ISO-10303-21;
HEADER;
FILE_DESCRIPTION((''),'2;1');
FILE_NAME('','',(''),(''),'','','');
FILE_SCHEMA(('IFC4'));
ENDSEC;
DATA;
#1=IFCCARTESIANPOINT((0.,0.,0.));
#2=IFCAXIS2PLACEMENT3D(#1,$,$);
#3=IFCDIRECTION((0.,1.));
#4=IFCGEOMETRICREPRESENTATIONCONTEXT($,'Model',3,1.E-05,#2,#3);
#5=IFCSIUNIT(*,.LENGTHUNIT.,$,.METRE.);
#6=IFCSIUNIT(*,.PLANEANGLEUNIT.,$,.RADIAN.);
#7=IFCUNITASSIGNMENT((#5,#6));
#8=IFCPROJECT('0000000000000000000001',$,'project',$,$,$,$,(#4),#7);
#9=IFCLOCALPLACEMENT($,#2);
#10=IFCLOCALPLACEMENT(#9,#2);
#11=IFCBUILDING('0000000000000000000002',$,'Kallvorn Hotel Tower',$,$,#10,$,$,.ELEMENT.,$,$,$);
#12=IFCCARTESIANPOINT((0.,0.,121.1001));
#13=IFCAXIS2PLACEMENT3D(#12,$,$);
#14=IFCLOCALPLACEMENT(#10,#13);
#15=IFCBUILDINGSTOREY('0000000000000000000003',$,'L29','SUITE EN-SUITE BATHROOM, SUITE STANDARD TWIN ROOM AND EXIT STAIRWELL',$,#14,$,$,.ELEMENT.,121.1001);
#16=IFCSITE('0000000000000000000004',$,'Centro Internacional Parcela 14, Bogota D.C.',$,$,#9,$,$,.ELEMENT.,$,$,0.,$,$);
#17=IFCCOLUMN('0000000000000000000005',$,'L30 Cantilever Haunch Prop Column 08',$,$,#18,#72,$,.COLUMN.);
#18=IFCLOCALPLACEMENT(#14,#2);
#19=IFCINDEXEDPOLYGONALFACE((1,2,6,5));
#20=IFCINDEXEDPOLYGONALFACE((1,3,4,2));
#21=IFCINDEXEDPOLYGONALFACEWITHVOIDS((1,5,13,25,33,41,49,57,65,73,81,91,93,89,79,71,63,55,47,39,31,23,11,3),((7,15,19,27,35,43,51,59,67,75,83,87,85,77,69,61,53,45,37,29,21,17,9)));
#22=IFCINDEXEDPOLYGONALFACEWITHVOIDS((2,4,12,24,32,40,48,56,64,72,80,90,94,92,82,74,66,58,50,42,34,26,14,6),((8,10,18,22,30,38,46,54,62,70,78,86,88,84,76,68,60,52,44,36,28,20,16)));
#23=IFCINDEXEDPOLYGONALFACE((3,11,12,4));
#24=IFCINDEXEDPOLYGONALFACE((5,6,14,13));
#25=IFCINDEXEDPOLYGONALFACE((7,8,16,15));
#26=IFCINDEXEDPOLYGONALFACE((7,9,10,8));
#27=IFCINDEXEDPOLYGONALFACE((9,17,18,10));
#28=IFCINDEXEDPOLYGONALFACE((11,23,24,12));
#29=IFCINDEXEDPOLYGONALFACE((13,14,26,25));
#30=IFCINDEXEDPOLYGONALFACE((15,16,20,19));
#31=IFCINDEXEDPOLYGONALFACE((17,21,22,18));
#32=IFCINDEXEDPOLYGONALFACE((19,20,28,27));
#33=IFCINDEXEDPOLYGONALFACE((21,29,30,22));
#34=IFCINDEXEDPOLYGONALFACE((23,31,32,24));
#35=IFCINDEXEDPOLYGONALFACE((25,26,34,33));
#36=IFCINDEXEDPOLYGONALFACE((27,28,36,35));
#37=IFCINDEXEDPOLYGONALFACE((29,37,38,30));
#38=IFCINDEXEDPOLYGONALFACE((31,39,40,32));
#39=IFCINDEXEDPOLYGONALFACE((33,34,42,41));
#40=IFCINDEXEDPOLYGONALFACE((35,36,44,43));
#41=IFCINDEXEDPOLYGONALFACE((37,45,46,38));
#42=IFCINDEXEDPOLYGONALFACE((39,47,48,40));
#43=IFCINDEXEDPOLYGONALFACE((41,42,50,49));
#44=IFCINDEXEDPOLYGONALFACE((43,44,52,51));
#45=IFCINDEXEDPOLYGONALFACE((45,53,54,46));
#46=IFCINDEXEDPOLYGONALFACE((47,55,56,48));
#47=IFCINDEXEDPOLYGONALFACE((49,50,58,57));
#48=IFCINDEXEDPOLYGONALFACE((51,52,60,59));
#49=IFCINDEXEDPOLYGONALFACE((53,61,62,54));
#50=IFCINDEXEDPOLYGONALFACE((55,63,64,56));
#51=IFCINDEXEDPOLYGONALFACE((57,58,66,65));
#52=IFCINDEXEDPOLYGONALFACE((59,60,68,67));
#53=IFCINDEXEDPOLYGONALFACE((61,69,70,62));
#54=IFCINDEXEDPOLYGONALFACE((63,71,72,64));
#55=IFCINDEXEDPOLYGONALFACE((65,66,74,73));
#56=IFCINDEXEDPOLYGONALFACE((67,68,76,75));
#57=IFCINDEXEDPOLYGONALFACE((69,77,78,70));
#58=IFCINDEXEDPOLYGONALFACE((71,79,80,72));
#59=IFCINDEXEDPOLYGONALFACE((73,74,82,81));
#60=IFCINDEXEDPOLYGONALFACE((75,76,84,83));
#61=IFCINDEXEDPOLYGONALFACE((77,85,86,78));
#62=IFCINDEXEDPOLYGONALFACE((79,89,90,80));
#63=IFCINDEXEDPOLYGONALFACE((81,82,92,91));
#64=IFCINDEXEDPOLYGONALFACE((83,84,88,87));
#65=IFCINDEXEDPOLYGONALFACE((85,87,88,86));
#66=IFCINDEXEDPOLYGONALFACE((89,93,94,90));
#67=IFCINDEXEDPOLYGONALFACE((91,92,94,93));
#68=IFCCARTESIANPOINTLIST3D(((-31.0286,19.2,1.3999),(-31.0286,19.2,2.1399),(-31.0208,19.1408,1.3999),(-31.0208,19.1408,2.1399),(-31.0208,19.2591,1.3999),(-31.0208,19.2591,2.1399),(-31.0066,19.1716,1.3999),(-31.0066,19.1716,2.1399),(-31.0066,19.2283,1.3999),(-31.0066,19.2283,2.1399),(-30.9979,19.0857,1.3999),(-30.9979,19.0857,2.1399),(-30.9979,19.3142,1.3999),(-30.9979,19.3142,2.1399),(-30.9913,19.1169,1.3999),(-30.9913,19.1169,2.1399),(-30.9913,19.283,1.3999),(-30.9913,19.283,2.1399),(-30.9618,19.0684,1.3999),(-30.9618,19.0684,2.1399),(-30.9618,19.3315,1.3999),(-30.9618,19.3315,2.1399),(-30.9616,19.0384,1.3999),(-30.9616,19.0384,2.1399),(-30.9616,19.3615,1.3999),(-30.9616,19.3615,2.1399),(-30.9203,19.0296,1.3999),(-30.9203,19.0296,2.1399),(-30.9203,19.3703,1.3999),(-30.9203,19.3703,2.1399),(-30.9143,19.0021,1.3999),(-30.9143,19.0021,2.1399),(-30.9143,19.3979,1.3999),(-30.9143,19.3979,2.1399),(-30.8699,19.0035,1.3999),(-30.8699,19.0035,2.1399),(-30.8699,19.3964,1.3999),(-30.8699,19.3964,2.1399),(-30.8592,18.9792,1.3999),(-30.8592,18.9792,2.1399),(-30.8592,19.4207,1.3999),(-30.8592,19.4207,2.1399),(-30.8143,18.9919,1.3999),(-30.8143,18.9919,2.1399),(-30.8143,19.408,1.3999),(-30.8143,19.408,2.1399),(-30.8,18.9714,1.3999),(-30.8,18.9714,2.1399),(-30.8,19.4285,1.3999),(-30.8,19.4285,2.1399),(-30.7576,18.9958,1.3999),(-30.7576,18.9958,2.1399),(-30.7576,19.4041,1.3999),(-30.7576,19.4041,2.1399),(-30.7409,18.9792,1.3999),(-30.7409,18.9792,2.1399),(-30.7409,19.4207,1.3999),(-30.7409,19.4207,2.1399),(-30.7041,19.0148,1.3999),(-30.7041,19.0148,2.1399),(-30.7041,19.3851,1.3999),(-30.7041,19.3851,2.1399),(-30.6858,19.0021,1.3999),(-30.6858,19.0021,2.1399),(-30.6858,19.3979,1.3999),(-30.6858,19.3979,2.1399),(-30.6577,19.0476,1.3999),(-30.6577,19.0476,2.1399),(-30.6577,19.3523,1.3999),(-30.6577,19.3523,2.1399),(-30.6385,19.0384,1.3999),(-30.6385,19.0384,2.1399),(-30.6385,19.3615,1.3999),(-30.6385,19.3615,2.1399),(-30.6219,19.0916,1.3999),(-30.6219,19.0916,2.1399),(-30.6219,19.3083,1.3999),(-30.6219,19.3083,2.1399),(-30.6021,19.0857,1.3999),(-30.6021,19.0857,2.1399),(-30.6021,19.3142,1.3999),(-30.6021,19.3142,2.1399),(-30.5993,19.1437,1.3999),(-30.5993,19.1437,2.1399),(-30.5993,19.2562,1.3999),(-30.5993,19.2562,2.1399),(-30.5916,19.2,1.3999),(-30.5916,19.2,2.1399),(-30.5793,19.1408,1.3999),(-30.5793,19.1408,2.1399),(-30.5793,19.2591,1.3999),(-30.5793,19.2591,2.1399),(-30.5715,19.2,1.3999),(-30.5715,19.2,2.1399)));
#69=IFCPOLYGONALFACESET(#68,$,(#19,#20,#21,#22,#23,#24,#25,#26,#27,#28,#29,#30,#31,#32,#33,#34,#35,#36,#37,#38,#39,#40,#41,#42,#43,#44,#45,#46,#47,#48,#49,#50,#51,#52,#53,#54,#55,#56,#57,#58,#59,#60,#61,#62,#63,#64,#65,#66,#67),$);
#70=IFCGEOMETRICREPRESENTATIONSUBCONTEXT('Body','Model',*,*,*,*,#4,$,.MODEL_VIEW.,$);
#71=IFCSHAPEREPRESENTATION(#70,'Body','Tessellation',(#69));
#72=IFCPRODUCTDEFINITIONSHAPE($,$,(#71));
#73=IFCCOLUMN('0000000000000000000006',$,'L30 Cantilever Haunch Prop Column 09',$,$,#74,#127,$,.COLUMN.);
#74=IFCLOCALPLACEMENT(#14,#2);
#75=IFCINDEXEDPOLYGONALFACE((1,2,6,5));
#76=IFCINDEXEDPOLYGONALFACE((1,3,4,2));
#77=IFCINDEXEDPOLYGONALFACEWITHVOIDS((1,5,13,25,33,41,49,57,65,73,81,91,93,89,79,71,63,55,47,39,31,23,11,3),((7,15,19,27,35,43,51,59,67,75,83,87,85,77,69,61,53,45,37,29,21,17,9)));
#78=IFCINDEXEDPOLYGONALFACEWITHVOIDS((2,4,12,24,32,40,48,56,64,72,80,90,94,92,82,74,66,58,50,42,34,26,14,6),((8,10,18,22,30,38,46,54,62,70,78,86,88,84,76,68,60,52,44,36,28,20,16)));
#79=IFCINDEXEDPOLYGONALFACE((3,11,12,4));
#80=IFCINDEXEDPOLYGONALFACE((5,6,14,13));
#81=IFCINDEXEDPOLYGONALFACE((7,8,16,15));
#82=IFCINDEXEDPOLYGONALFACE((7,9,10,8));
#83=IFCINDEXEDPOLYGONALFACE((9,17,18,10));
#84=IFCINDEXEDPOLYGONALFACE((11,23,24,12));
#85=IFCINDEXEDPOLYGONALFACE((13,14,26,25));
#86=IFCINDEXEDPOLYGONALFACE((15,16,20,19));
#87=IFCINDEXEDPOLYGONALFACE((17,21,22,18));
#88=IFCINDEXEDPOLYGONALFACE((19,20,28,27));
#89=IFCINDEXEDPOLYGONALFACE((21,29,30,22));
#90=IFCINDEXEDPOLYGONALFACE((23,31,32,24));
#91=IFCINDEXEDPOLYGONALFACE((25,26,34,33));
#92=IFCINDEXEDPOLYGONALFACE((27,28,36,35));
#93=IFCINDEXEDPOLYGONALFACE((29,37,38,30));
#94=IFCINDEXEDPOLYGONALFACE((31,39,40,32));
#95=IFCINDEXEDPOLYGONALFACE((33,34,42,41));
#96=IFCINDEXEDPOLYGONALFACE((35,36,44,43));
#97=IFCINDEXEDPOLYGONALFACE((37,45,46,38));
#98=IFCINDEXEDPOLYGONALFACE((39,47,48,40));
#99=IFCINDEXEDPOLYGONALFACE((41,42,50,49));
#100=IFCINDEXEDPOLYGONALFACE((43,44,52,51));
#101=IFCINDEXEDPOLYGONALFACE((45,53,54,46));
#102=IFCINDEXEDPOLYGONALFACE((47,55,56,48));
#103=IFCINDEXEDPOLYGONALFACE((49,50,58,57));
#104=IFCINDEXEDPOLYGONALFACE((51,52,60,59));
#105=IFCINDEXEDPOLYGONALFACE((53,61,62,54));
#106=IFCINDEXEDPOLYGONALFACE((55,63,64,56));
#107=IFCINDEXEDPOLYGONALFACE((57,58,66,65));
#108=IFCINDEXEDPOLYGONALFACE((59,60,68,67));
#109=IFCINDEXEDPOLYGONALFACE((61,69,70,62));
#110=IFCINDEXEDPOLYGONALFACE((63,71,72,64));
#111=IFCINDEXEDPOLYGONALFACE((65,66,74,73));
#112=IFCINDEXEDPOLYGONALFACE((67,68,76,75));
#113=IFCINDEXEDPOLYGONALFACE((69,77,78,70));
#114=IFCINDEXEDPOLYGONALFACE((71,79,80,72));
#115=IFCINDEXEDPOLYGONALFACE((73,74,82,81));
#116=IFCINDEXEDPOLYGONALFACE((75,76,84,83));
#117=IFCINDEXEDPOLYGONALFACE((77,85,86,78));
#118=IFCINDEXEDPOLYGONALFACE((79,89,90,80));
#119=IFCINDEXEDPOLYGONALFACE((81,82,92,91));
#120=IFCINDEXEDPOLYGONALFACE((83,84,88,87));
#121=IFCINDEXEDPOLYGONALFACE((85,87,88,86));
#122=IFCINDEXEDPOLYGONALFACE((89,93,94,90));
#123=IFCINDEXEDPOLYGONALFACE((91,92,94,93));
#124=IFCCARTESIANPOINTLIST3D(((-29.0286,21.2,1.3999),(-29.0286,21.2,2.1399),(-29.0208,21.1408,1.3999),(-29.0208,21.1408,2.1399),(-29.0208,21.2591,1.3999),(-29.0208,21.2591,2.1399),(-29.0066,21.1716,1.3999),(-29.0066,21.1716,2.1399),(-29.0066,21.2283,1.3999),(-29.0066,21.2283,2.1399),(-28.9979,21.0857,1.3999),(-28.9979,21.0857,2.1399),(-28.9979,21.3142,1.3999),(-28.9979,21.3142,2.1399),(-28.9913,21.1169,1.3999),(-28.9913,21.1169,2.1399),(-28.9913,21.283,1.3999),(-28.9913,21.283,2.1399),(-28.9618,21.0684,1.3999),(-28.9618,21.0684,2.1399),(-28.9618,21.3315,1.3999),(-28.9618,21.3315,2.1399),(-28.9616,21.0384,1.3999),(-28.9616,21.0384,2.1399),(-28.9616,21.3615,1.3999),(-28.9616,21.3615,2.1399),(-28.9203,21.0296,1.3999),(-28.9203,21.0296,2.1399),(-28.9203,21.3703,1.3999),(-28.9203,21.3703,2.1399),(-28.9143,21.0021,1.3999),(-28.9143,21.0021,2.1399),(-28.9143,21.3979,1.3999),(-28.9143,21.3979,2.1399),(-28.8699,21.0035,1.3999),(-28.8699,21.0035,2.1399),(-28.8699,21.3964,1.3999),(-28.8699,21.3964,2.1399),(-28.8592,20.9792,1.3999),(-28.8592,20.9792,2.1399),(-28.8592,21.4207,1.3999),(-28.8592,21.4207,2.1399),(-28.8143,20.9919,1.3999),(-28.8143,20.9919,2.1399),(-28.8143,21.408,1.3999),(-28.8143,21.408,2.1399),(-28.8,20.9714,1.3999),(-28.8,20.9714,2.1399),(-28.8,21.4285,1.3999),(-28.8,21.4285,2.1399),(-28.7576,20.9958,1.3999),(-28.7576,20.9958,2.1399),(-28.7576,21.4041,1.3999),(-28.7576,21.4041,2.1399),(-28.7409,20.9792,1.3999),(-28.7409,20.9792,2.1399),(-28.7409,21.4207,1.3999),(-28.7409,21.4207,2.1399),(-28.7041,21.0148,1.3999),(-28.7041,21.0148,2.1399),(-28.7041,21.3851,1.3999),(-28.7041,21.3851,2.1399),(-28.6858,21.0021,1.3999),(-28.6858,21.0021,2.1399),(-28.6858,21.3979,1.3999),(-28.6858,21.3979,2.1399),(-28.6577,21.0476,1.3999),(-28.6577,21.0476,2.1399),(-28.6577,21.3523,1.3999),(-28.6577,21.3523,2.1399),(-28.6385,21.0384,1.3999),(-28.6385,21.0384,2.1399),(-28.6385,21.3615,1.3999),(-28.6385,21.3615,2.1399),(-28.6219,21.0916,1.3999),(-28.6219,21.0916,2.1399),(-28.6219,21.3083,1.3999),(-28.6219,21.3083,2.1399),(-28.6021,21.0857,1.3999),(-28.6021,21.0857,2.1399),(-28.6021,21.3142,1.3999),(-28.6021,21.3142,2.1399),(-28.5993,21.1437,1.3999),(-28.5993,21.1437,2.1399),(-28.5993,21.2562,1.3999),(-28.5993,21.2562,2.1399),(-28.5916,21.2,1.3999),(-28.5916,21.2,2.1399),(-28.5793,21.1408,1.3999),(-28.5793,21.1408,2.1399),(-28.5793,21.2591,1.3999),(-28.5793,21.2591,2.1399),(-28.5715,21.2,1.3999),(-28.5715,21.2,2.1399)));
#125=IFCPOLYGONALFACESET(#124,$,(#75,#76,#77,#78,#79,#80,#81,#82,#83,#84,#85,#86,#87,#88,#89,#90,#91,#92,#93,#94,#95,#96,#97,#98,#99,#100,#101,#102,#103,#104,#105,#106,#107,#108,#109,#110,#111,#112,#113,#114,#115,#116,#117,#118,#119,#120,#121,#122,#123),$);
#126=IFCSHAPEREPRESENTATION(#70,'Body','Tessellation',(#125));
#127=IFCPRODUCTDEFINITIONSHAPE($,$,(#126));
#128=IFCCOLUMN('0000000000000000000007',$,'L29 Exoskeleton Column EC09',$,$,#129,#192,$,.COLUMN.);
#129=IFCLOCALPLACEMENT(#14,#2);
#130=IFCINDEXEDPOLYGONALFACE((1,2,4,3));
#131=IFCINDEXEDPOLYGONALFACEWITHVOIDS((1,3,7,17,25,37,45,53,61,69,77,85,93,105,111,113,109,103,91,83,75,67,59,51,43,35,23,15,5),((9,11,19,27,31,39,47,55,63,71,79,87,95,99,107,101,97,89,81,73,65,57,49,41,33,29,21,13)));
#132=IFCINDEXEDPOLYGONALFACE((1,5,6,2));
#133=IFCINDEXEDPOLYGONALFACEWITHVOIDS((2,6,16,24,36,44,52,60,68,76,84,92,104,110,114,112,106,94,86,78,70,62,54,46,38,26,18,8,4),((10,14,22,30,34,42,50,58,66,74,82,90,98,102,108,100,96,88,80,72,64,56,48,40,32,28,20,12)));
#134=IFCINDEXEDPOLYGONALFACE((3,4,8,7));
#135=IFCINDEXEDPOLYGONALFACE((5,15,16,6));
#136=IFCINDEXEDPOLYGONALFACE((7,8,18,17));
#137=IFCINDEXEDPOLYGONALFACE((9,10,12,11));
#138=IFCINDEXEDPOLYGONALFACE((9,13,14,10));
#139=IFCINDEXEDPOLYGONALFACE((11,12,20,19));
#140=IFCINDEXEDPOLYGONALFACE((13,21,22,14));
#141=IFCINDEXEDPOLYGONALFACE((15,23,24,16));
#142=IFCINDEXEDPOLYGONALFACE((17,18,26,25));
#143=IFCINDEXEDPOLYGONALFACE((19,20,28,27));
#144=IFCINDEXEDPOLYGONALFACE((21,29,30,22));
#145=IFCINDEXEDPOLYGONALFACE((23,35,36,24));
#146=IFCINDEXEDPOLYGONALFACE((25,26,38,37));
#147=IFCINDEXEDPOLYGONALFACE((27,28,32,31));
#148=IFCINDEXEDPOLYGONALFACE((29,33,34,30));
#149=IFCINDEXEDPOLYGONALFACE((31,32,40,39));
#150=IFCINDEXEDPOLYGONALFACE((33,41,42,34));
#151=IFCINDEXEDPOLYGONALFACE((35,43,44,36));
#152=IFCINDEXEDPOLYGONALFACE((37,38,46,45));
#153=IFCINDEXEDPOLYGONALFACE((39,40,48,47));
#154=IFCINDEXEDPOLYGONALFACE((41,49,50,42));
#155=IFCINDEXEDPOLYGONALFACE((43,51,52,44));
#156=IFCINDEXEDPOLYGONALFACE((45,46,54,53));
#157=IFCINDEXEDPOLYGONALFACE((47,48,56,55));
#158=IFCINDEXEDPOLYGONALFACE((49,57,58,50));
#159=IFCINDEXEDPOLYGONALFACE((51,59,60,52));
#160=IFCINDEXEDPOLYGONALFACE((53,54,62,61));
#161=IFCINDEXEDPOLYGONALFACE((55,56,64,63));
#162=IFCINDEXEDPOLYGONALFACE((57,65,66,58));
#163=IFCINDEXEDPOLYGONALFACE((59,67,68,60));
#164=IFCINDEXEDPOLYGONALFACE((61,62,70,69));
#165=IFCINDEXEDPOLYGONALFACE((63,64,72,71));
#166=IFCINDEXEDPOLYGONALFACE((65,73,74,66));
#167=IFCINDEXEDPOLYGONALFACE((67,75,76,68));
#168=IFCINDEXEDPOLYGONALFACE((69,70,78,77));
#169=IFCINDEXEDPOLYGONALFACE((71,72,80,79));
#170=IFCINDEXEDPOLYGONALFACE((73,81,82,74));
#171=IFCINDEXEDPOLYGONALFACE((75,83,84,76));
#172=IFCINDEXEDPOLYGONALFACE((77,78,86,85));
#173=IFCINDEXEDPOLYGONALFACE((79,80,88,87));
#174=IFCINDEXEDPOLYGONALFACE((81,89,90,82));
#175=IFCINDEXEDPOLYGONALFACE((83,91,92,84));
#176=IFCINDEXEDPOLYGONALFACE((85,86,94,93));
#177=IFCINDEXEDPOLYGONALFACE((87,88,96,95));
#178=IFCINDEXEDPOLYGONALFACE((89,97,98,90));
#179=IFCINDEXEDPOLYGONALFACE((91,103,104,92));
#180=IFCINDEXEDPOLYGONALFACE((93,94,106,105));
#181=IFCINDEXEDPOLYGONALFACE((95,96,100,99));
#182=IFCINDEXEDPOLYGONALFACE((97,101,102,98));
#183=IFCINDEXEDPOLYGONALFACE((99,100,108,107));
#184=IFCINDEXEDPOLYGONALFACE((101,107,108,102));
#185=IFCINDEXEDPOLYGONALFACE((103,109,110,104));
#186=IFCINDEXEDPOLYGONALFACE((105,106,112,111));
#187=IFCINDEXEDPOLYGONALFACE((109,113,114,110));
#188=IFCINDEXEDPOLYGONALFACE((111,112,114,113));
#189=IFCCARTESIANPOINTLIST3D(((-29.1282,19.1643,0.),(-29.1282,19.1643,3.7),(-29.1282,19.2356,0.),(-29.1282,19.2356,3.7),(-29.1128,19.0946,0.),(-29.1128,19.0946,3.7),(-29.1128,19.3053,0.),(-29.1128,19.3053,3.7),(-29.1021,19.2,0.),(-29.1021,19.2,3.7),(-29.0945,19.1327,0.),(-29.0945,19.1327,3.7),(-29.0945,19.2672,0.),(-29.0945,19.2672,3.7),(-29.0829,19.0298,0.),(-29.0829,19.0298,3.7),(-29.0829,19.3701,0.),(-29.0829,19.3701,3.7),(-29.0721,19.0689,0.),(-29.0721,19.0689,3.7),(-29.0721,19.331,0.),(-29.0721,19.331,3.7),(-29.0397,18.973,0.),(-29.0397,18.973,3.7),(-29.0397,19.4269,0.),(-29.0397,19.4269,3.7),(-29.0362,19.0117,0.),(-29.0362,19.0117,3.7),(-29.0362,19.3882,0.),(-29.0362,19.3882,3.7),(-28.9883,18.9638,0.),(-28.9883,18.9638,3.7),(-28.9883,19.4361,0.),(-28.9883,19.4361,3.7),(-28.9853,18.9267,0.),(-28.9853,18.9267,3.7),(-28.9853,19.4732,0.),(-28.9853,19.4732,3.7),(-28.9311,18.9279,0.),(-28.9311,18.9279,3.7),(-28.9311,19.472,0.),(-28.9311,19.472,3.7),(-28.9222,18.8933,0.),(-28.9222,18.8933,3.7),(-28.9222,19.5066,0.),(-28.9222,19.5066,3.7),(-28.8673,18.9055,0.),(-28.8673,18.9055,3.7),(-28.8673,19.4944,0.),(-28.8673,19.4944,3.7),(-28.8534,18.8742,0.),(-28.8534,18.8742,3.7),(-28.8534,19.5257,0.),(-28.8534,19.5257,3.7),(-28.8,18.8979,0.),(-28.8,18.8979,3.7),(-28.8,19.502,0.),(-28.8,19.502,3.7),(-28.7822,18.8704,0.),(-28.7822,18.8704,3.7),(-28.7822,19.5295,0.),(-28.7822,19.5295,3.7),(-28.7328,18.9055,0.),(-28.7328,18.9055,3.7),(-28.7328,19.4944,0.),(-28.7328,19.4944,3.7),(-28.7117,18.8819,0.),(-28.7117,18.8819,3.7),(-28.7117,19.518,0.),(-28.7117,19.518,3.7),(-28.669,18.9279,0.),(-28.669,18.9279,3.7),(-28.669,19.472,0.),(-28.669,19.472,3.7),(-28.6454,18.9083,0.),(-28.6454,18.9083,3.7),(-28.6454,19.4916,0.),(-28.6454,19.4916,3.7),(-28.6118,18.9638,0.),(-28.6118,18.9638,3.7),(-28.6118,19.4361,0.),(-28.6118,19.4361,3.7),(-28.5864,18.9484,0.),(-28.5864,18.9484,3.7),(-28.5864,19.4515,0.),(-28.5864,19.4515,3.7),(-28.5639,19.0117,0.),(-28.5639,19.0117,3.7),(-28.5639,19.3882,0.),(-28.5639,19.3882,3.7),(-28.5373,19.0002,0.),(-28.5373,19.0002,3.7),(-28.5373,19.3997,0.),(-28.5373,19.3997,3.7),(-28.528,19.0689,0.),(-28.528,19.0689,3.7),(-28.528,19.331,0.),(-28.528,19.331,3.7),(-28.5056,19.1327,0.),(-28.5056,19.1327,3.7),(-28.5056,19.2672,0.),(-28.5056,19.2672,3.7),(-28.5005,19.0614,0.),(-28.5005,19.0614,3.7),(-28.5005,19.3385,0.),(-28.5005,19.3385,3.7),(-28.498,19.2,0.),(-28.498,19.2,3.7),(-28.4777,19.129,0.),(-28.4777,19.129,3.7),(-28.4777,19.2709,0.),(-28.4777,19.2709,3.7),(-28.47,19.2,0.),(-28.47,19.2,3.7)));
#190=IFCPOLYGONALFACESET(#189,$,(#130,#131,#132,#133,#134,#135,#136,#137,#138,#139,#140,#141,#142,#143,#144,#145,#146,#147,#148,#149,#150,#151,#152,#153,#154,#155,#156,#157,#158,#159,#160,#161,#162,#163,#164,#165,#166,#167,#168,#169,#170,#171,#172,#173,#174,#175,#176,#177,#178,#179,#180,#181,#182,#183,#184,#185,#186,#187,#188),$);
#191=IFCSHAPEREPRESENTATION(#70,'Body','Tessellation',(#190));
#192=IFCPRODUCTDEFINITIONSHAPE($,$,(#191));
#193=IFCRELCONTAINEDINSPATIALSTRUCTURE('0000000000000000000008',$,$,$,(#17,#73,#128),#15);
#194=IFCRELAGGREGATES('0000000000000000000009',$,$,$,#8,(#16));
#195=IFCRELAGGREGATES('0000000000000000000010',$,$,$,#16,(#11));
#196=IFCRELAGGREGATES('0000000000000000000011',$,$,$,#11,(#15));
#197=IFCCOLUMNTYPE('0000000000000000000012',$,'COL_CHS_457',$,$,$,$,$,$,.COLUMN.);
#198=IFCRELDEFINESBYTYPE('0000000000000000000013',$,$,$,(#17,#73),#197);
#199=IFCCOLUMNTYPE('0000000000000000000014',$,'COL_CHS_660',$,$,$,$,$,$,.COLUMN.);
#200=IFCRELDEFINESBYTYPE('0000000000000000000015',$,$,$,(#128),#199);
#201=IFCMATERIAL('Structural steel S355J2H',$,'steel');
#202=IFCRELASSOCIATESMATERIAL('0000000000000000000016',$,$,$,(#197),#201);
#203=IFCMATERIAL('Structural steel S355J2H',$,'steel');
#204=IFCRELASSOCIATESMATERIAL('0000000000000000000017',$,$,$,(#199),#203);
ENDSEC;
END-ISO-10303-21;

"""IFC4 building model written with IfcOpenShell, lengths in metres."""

from ifc_helpers import new_model, si_unit, direction, frame, origin, origin_2d, place, context, subcontext, project, spatial, hollow_circle, extrude, material, material_profile, profile_set, type_object, element, save


model = new_model("IFC4")

# Units and contexts
model_context = context("Model", 3, precision=1e-05, world=origin(), true_north=direction((0.0, 1.0)))
body_context = subcontext(model_context, "Body", "Model", "MODEL_VIEW")
ifc_project = project(units=[si_unit("LENGTHUNIT", "METRE"), si_unit("PLANEANGLEUNIT", "RADIAN")], contexts=[model_context])

# Site, building, storey
site_placement = place(None, origin())
site = spatial("IfcSite", under=ifc_project, at=site_placement, Name="Centro Internacional Parcela 14, Bogota D.C.", CompositionType="ELEMENT", RefElevation=0.0)
building_placement = place(site_placement, origin())
building = spatial("IfcBuilding", under=site, at=building_placement, Name="Kallvorn Hotel Tower", CompositionType="ELEMENT")
storey_placement = place(building_placement, frame((0.0, 0.0, 121.1001)))
storey = spatial("IfcBuildingStorey", under=building, at=storey_placement, Name="L29", Description="SUITE EN-SUITE BATHROOM, SUITE STANDARD TWIN ROOM AND EXIT STAIRWELL", CompositionType="ELEMENT", Elevation=121.1001)

# Columns
ifc_material_1 = material(Name="Structural steel S355J2H", Category="steel")
ifc_material_profile_1 = material_profile(ifc_material_1, hollow_circle(Radius=0.2285, WallThickness=0.02, at=origin_2d()), Name="CHS 457x20")
ifc_profile_set_1 = profile_set([ifc_material_profile_1], Name="Structural steel S355J2H")
column_type_1 = type_object("IfcColumnType", Name="COL_CHS_457", PredefinedType="COLUMN", material=ifc_profile_set_1)
for number, where, z_axis, x_axis, name in (
    (1, (-30.8, 19.2, 1.3999), (0.0, 0.0, 1.0), (1.0, 0.0, 0.0), "L30 Cantilever Haunch Prop Column 08"),
    (2, (-28.8, 21.2, 1.3999), (0.0, 0.0, 1.0), (1.0, 0.0, 0.0), "L30 Cantilever Haunch Prop Column 09"),
):
    element("IfcColumn", number, at=place(storey_placement, frame(where, z_axis=z_axis, x_axis=x_axis)), inside=storey, type_object=column_type_1, Name=name, PredefinedType="COLUMN", context=body_context, shape_type="SweptSolid", body=[
        extrude(hollow_circle(Radius=0.2285, WallThickness=0.02, at=origin_2d()), origin(), (0.0, 0.0, 1.0), 0.74),
    ])
ifc_material_2 = material(Name="Structural steel S355J2H", Category="steel")
ifc_material_profile_2 = material_profile(ifc_material_2, hollow_circle(Radius=0.3301, WallThickness=0.0281, at=origin_2d()), Name="CHS 660x28")
ifc_profile_set_2 = profile_set([ifc_material_profile_2], Name="Structural steel S355J2H")
column_type_2 = type_object("IfcColumnType", Name="COL_CHS_660", PredefinedType="COLUMN", material=ifc_profile_set_2)
for number, where, z_axis, x_axis, name in (
    (3, (-28.8, 19.2, 0.0), (0.0, 0.0, 1.0), (1.0, 0.0, 0.0), "L29 Exoskeleton Column EC09"),
):
    element("IfcColumn", number, at=place(storey_placement, frame(where, z_axis=z_axis, x_axis=x_axis)), inside=storey, type_object=column_type_2, Name=name, PredefinedType="COLUMN", context=body_context, shape_type="SweptSolid", body=[
        extrude(hollow_circle(Radius=0.3301, WallThickness=0.0281, at=origin_2d()), origin(), (0.0, 0.0, 1.0), 3.7),
    ])

save(model, "model.ifc")
